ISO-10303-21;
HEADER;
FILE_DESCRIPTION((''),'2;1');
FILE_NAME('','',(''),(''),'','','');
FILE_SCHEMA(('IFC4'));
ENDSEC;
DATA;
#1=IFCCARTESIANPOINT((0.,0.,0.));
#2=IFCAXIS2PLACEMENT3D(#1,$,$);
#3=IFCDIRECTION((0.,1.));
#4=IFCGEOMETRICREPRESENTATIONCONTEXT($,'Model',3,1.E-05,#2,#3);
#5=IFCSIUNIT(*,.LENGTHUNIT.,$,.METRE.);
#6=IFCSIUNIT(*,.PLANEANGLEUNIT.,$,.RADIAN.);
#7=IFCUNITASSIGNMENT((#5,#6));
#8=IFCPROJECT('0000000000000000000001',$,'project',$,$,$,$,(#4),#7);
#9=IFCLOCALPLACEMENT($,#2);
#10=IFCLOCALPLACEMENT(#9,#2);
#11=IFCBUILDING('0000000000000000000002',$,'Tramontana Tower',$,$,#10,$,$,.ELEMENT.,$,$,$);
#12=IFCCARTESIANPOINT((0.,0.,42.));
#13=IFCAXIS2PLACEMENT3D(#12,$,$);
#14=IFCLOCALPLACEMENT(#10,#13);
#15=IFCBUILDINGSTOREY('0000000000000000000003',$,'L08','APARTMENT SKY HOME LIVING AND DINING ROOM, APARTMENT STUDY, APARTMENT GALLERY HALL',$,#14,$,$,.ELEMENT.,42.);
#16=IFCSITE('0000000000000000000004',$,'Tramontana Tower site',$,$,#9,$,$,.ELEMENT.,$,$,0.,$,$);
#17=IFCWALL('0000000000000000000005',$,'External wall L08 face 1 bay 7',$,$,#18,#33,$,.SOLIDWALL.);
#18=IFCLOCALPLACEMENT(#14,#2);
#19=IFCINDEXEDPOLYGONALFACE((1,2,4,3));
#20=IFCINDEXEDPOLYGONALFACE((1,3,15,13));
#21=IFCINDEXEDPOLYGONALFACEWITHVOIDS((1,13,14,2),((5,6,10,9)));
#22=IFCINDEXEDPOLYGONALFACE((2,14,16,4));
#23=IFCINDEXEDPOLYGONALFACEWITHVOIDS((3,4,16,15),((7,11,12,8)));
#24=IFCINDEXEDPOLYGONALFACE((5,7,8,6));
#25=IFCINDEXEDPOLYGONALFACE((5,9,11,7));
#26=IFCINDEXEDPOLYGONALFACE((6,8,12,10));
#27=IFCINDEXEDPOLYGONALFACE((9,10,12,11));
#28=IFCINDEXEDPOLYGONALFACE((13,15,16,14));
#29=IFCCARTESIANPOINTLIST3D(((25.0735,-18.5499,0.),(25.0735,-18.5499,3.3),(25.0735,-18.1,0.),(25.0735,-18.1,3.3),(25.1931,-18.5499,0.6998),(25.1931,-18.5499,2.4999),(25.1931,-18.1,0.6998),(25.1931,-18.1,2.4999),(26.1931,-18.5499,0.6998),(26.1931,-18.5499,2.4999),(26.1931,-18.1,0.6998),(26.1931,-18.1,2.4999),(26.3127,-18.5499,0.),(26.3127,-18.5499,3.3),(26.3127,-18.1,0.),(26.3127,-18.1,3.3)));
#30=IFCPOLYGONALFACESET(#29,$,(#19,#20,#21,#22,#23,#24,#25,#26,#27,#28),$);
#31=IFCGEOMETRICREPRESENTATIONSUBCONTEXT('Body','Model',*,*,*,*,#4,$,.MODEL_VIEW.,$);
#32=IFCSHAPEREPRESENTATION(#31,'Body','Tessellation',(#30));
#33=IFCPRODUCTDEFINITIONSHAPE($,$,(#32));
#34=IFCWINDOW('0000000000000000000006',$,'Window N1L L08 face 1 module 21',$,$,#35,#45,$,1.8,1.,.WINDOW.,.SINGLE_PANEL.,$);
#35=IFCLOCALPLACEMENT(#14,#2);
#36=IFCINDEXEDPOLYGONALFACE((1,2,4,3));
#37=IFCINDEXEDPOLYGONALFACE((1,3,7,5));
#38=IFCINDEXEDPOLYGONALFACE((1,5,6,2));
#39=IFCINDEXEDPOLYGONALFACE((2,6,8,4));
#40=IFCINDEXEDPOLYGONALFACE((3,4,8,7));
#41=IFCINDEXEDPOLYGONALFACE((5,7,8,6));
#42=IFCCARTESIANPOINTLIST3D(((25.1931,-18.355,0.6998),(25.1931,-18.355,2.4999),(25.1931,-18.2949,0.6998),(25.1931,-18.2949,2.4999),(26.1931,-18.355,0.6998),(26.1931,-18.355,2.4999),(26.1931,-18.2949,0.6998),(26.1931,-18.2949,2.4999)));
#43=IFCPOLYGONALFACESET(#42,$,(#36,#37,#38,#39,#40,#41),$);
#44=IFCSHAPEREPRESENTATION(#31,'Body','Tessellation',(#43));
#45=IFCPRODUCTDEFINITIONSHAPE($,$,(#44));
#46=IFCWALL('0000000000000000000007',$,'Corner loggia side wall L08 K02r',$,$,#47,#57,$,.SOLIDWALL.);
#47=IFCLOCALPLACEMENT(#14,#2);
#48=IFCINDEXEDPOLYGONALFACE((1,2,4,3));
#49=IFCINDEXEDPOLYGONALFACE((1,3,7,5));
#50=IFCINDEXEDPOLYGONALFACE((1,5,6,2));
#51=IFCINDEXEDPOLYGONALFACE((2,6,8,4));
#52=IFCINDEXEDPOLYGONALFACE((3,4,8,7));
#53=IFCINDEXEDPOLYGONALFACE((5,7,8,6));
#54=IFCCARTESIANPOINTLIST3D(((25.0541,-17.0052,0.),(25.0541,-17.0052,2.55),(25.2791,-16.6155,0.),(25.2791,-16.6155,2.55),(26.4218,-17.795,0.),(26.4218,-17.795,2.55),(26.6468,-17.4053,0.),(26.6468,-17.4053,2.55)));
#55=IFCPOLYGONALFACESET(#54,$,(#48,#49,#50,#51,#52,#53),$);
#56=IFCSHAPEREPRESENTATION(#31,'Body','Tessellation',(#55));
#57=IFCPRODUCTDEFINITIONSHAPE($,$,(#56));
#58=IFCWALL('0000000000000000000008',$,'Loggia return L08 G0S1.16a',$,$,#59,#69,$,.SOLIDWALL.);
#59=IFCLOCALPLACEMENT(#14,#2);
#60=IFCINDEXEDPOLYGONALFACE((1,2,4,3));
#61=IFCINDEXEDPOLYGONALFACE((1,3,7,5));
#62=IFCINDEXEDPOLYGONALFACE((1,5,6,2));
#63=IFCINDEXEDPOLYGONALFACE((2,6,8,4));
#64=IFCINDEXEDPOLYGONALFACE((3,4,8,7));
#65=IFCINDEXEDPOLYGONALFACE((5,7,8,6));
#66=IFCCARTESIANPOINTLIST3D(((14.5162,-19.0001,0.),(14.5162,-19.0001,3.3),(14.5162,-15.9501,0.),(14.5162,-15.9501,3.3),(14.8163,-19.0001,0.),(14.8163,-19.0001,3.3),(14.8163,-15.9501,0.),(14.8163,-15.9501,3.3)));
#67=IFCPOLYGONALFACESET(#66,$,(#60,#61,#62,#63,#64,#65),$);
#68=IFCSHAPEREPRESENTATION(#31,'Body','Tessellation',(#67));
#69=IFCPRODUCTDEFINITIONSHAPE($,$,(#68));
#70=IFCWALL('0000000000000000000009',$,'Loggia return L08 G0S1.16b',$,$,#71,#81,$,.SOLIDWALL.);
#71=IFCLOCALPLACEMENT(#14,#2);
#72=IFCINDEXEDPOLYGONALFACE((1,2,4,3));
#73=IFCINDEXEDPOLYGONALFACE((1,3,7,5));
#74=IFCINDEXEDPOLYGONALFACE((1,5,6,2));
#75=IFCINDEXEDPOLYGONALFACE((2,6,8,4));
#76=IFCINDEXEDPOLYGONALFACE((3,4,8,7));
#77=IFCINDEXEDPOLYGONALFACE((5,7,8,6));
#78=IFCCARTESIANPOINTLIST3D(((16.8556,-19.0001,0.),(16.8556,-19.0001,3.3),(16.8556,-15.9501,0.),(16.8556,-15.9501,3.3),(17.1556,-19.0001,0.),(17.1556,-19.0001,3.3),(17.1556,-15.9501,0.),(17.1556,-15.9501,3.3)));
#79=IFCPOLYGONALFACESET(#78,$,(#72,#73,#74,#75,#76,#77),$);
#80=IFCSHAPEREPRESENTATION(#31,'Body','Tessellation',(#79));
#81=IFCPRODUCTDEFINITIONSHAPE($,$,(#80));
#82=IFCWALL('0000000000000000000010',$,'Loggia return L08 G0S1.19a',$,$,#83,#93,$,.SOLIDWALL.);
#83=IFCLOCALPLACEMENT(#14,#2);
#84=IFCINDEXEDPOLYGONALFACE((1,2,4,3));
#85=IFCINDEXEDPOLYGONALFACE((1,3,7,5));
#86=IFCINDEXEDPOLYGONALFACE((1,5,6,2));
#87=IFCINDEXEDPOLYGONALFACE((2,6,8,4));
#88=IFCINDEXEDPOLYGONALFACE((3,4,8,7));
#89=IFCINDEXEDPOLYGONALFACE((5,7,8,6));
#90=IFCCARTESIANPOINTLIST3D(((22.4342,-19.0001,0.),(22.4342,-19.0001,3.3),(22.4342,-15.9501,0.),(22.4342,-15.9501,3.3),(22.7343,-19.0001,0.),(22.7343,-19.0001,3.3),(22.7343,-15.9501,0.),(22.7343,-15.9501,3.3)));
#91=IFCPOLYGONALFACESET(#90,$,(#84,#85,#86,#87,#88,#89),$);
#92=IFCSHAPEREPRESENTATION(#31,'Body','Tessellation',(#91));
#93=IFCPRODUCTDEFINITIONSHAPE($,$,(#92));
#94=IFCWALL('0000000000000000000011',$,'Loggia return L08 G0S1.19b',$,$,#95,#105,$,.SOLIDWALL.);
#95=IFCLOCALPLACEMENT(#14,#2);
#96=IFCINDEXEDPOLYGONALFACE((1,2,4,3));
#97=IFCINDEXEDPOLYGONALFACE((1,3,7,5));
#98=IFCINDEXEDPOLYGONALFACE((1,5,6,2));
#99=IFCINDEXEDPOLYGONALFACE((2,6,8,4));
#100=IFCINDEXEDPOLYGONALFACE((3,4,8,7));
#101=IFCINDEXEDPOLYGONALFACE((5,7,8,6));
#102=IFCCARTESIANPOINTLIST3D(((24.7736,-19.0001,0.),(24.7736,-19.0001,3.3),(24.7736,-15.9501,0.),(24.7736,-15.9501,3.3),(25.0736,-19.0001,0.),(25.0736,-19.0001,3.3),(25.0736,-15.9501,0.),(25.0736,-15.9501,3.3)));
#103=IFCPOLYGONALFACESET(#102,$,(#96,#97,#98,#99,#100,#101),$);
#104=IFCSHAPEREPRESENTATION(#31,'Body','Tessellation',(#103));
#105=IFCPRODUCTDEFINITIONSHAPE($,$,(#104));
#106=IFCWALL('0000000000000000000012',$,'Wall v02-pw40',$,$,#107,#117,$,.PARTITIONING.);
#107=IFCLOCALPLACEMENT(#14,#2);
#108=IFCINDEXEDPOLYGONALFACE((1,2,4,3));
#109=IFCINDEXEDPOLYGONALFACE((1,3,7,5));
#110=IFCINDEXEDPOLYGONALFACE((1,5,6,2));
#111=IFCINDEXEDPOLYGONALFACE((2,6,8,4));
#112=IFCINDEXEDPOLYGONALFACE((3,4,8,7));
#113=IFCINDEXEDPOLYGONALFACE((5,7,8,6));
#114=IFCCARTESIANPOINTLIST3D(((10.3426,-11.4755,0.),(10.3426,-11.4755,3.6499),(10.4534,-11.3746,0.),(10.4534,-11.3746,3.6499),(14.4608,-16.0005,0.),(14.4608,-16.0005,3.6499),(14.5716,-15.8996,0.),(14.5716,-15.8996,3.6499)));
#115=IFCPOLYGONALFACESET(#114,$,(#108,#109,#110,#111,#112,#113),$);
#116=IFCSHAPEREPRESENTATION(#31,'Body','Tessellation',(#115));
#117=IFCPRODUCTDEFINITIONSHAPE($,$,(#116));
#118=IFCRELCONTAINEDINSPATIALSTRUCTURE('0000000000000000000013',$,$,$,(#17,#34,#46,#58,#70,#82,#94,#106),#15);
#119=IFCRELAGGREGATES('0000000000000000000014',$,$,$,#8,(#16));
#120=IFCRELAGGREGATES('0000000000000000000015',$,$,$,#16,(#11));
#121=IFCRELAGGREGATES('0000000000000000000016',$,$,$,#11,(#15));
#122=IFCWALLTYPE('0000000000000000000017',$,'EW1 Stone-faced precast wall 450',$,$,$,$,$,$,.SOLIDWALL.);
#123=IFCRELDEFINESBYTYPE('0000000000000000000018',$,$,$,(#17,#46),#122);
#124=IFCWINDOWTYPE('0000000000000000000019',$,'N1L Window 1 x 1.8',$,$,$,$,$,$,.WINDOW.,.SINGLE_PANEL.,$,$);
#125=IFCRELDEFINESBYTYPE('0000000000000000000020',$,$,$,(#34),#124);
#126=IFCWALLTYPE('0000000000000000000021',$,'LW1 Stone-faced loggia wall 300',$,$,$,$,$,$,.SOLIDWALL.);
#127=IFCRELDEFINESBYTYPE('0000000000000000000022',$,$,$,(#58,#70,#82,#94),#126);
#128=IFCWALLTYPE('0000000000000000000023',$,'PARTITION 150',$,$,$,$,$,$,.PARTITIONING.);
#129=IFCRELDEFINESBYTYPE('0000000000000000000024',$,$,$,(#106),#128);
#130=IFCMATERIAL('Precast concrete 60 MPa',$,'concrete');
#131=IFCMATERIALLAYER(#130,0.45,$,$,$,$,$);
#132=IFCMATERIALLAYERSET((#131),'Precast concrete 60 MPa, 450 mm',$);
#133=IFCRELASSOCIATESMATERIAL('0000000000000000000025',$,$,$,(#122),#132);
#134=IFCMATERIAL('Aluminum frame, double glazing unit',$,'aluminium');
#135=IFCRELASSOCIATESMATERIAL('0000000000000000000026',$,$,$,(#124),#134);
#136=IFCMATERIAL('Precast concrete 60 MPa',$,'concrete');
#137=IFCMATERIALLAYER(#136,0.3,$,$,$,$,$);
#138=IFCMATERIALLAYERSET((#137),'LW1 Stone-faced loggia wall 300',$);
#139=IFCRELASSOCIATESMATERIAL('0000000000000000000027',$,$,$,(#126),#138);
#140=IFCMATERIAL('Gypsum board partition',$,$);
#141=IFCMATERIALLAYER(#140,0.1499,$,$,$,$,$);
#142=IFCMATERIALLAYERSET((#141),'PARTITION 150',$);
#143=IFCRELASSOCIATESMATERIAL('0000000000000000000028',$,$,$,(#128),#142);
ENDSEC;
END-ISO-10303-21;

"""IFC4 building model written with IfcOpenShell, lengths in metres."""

from ifc_helpers import new_model, si_unit, direction, frame, frame_2d, origin, place, context, subcontext, project, spatial, rectangle, extrude, material, layer, layer_set, type_object, element, fill, save


model = new_model("IFC4")

# Units and contexts
model_context = context("Model", 3, precision=1e-05, world=origin(), true_north=direction((0.0, 1.0)))
body_context = subcontext(model_context, "Body", "Model", "MODEL_VIEW")
ifc_project = project(units=[si_unit("LENGTHUNIT", "METRE"), si_unit("PLANEANGLEUNIT", "RADIAN")], contexts=[model_context])

# Site, building, storey
site_placement = place(None, origin())
site = spatial("IfcSite", under=ifc_project, at=site_placement, Name="Tramontana Tower site", CompositionType="ELEMENT", RefElevation=0.0)
building_placement = place(site_placement, origin())
building = spatial("IfcBuilding", under=site, at=building_placement, Name="Tramontana Tower", CompositionType="ELEMENT")
storey_placement = place(building_placement, frame((0.0, 0.0, 42.0)))
storey = spatial("IfcBuildingStorey", under=building, at=storey_placement, Name="L08", Description="APARTMENT SKY HOME LIVING AND DINING ROOM, APARTMENT STUDY, APARTMENT GALLERY HALL", CompositionType="ELEMENT", Elevation=42.0)

# Wall, opening, window
ifc_material_1 = material(Name="Precast concrete 60 MPa", Category="concrete")
ifc_layer_1 = layer(ifc_material_1, 0.45)
ifc_layer_set_1 = layer_set([ifc_layer_1], Name="Precast concrete 60 MPa, 450 mm")
wall_type_1 = type_object("IfcWallType", Name="EW1 Stone-faced precast wall 450", PredefinedType="SOLIDWALL", material=ifc_layer_set_1)
wall_1_placement = place(storey_placement, frame((25.0735, -18.325, 0.0), z_axis=(0.0, 0.0, 1.0), x_axis=(1.0, 0.0, 0.0)))
wall_1 = element("IfcWall", 1, at=wall_1_placement, inside=storey, type_object=wall_type_1, Name="External wall L08 face 1 bay 7", PredefinedType="SOLIDWALL", context=body_context, shape_type="SweptSolid", body=[
    extrude(rectangle(XDim=1.2393, YDim=0.45, at=frame_2d((0.6196, 0.0))), origin(), (0.0, 0.0, 1.0), 3.3),
])
opening_1_placement = place(wall_1_placement, frame((0.1196, 0.0, 0.7)))
opening_1 = element("IfcOpeningElement", 2, at=opening_1_placement, cuts=wall_1, PredefinedType="OPENING", context=body_context, shape_type="SweptSolid", body=[
    extrude(rectangle(XDim=1.0, YDim=1.8, at=frame_2d((0.5, 0.8999))), frame((0.0, 0.2349, 0.0), z_axis=(0.0, -1.0, 0.0), x_axis=(1.0, 0.0, 0.0)), (0.0, 0.0, 1.0), 0.47),
])
ifc_material_2 = material(Name="Aluminum frame, double glazing unit", Category="aluminium")
window_type_1 = type_object("IfcWindowType", Name="N1L Window 1 x 1.8", PartitioningType="SINGLE_PANEL", PredefinedType="WINDOW", material=ifc_material_2)
window_1_placement = place(opening_1_placement, origin())
window_1 = element("IfcWindow", 3, at=window_1_placement, inside=storey, type_object=window_type_1, Name="Window N1L L08 face 1 module 21", OverallHeight=1.8, OverallWidth=1.0, PartitioningType="SINGLE_PANEL", PredefinedType="WINDOW", context=body_context, shape_type="SweptSolid", body=[
    extrude(rectangle(XDim=1.0, YDim=1.8, at=frame_2d((0.5, 0.8999))), frame((0.0, 0.03, 0.0), z_axis=(0.0, -1.0, 0.0), x_axis=(1.0, 0.0, 0.0)), (0.0, 0.0, 1.0), 0.0601),
])
fill(opening_1, window_1)

# Wall
wall_2_placement = place(storey_placement, frame((26.5342, -17.6001, 0.0), z_axis=(0.0, 0.0, 1.0), x_axis=(-0.86598, 0.500079, 0.0)))
element("IfcWall", 4, at=wall_2_placement, inside=storey, type_object=wall_type_1, Name="Corner loggia side wall L08 K02r", PredefinedType="SOLIDWALL", context=body_context, shape_type="SweptSolid", body=[
    extrude(rectangle(XDim=1.5793, YDim=0.45, at=frame_2d((0.7896, 0.0))), origin(), (0.0, 0.0, 1.0), 2.55),
])

# Shared definitions
ifc_material_3 = material(Name="Precast concrete 60 MPa", Category="concrete")
ifc_layer_2 = layer(ifc_material_3, 0.3)
ifc_layer_set_2 = layer_set([ifc_layer_2], Name="LW1 Stone-faced loggia wall 300")
wall_type_2 = type_object("IfcWallType", Name="LW1 Stone-faced loggia wall 300", PredefinedType="SOLIDWALL", material=ifc_layer_set_2)

# Walls
for number, where, z_axis, x_axis, name in (
    (5, (14.6663, -19.0, 0.0), (0.0, 0.0, 1.0), (0.0, 1.0, 0.0), "Loggia return L08 G0S1.16a"),
    (6, (17.0056, -19.0, 0.0), (0.0, 0.0, 1.0), (0.0, 1.0, 0.0), "Loggia return L08 G0S1.16b"),
):
    element("IfcWall", number, at=place(storey_placement, frame(where, z_axis=z_axis, x_axis=x_axis)), inside=storey, type_object=wall_type_2, Name=name, PredefinedType="SOLIDWALL", context=body_context, shape_type="SweptSolid", body=[
        extrude(rectangle(XDim=3.05, YDim=0.3, at=frame_2d((1.5249, 0.0))), origin(), (0.0, 0.0, 1.0), 3.3),
    ])

# Walls
for number, where, z_axis, x_axis, name in (
    (7, (22.5842, -19.0, 0.0), (0.0, 0.0, 1.0), (0.0, 1.0, 0.0), "Loggia return L08 G0S1.19a"),
    (8, (24.9236, -19.0, 0.0), (0.0, 0.0, 1.0), (0.0, 1.0, 0.0), "Loggia return L08 G0S1.19b"),
):
    element("IfcWall", number, at=place(storey_placement, frame(where, z_axis=z_axis, x_axis=x_axis)), inside=storey, type_object=wall_type_2, Name=name, PredefinedType="SOLIDWALL", context=body_context, shape_type="SweptSolid", body=[
        extrude(rectangle(XDim=3.05, YDim=0.3, at=frame_2d((1.5249, 0.0))), origin(), (0.0, 0.0, 1.0), 3.3),
    ])
ifc_material_4 = material(Name="Gypsum board partition")
ifc_layer_3 = layer(ifc_material_4, 0.1499)
ifc_layer_set_3 = layer_set([ifc_layer_3], Name="PARTITION 150")
wall_type_3 = type_object("IfcWallType", Name="PARTITION 150", PredefinedType="PARTITIONING", material=ifc_layer_set_3)
wall_3_placement = place(storey_placement, frame((14.5161, -15.95, 0.0), z_axis=(0.0, 0.0, 1.0), x_axis=(-0.673086, 0.739564, 0.0)))
element("IfcWall", 9, at=wall_3_placement, inside=storey, type_object=wall_type_3, Name="Wall v02-pw40", PredefinedType="PARTITIONING", context=body_context, shape_type="SweptSolid", body=[
    extrude(rectangle(XDim=6.1184, YDim=0.1499, at=frame_2d((3.0591, 0.0))), origin(), (0.0, 0.0, 1.0), 3.6499),
])

save(model, "model.ifc")
